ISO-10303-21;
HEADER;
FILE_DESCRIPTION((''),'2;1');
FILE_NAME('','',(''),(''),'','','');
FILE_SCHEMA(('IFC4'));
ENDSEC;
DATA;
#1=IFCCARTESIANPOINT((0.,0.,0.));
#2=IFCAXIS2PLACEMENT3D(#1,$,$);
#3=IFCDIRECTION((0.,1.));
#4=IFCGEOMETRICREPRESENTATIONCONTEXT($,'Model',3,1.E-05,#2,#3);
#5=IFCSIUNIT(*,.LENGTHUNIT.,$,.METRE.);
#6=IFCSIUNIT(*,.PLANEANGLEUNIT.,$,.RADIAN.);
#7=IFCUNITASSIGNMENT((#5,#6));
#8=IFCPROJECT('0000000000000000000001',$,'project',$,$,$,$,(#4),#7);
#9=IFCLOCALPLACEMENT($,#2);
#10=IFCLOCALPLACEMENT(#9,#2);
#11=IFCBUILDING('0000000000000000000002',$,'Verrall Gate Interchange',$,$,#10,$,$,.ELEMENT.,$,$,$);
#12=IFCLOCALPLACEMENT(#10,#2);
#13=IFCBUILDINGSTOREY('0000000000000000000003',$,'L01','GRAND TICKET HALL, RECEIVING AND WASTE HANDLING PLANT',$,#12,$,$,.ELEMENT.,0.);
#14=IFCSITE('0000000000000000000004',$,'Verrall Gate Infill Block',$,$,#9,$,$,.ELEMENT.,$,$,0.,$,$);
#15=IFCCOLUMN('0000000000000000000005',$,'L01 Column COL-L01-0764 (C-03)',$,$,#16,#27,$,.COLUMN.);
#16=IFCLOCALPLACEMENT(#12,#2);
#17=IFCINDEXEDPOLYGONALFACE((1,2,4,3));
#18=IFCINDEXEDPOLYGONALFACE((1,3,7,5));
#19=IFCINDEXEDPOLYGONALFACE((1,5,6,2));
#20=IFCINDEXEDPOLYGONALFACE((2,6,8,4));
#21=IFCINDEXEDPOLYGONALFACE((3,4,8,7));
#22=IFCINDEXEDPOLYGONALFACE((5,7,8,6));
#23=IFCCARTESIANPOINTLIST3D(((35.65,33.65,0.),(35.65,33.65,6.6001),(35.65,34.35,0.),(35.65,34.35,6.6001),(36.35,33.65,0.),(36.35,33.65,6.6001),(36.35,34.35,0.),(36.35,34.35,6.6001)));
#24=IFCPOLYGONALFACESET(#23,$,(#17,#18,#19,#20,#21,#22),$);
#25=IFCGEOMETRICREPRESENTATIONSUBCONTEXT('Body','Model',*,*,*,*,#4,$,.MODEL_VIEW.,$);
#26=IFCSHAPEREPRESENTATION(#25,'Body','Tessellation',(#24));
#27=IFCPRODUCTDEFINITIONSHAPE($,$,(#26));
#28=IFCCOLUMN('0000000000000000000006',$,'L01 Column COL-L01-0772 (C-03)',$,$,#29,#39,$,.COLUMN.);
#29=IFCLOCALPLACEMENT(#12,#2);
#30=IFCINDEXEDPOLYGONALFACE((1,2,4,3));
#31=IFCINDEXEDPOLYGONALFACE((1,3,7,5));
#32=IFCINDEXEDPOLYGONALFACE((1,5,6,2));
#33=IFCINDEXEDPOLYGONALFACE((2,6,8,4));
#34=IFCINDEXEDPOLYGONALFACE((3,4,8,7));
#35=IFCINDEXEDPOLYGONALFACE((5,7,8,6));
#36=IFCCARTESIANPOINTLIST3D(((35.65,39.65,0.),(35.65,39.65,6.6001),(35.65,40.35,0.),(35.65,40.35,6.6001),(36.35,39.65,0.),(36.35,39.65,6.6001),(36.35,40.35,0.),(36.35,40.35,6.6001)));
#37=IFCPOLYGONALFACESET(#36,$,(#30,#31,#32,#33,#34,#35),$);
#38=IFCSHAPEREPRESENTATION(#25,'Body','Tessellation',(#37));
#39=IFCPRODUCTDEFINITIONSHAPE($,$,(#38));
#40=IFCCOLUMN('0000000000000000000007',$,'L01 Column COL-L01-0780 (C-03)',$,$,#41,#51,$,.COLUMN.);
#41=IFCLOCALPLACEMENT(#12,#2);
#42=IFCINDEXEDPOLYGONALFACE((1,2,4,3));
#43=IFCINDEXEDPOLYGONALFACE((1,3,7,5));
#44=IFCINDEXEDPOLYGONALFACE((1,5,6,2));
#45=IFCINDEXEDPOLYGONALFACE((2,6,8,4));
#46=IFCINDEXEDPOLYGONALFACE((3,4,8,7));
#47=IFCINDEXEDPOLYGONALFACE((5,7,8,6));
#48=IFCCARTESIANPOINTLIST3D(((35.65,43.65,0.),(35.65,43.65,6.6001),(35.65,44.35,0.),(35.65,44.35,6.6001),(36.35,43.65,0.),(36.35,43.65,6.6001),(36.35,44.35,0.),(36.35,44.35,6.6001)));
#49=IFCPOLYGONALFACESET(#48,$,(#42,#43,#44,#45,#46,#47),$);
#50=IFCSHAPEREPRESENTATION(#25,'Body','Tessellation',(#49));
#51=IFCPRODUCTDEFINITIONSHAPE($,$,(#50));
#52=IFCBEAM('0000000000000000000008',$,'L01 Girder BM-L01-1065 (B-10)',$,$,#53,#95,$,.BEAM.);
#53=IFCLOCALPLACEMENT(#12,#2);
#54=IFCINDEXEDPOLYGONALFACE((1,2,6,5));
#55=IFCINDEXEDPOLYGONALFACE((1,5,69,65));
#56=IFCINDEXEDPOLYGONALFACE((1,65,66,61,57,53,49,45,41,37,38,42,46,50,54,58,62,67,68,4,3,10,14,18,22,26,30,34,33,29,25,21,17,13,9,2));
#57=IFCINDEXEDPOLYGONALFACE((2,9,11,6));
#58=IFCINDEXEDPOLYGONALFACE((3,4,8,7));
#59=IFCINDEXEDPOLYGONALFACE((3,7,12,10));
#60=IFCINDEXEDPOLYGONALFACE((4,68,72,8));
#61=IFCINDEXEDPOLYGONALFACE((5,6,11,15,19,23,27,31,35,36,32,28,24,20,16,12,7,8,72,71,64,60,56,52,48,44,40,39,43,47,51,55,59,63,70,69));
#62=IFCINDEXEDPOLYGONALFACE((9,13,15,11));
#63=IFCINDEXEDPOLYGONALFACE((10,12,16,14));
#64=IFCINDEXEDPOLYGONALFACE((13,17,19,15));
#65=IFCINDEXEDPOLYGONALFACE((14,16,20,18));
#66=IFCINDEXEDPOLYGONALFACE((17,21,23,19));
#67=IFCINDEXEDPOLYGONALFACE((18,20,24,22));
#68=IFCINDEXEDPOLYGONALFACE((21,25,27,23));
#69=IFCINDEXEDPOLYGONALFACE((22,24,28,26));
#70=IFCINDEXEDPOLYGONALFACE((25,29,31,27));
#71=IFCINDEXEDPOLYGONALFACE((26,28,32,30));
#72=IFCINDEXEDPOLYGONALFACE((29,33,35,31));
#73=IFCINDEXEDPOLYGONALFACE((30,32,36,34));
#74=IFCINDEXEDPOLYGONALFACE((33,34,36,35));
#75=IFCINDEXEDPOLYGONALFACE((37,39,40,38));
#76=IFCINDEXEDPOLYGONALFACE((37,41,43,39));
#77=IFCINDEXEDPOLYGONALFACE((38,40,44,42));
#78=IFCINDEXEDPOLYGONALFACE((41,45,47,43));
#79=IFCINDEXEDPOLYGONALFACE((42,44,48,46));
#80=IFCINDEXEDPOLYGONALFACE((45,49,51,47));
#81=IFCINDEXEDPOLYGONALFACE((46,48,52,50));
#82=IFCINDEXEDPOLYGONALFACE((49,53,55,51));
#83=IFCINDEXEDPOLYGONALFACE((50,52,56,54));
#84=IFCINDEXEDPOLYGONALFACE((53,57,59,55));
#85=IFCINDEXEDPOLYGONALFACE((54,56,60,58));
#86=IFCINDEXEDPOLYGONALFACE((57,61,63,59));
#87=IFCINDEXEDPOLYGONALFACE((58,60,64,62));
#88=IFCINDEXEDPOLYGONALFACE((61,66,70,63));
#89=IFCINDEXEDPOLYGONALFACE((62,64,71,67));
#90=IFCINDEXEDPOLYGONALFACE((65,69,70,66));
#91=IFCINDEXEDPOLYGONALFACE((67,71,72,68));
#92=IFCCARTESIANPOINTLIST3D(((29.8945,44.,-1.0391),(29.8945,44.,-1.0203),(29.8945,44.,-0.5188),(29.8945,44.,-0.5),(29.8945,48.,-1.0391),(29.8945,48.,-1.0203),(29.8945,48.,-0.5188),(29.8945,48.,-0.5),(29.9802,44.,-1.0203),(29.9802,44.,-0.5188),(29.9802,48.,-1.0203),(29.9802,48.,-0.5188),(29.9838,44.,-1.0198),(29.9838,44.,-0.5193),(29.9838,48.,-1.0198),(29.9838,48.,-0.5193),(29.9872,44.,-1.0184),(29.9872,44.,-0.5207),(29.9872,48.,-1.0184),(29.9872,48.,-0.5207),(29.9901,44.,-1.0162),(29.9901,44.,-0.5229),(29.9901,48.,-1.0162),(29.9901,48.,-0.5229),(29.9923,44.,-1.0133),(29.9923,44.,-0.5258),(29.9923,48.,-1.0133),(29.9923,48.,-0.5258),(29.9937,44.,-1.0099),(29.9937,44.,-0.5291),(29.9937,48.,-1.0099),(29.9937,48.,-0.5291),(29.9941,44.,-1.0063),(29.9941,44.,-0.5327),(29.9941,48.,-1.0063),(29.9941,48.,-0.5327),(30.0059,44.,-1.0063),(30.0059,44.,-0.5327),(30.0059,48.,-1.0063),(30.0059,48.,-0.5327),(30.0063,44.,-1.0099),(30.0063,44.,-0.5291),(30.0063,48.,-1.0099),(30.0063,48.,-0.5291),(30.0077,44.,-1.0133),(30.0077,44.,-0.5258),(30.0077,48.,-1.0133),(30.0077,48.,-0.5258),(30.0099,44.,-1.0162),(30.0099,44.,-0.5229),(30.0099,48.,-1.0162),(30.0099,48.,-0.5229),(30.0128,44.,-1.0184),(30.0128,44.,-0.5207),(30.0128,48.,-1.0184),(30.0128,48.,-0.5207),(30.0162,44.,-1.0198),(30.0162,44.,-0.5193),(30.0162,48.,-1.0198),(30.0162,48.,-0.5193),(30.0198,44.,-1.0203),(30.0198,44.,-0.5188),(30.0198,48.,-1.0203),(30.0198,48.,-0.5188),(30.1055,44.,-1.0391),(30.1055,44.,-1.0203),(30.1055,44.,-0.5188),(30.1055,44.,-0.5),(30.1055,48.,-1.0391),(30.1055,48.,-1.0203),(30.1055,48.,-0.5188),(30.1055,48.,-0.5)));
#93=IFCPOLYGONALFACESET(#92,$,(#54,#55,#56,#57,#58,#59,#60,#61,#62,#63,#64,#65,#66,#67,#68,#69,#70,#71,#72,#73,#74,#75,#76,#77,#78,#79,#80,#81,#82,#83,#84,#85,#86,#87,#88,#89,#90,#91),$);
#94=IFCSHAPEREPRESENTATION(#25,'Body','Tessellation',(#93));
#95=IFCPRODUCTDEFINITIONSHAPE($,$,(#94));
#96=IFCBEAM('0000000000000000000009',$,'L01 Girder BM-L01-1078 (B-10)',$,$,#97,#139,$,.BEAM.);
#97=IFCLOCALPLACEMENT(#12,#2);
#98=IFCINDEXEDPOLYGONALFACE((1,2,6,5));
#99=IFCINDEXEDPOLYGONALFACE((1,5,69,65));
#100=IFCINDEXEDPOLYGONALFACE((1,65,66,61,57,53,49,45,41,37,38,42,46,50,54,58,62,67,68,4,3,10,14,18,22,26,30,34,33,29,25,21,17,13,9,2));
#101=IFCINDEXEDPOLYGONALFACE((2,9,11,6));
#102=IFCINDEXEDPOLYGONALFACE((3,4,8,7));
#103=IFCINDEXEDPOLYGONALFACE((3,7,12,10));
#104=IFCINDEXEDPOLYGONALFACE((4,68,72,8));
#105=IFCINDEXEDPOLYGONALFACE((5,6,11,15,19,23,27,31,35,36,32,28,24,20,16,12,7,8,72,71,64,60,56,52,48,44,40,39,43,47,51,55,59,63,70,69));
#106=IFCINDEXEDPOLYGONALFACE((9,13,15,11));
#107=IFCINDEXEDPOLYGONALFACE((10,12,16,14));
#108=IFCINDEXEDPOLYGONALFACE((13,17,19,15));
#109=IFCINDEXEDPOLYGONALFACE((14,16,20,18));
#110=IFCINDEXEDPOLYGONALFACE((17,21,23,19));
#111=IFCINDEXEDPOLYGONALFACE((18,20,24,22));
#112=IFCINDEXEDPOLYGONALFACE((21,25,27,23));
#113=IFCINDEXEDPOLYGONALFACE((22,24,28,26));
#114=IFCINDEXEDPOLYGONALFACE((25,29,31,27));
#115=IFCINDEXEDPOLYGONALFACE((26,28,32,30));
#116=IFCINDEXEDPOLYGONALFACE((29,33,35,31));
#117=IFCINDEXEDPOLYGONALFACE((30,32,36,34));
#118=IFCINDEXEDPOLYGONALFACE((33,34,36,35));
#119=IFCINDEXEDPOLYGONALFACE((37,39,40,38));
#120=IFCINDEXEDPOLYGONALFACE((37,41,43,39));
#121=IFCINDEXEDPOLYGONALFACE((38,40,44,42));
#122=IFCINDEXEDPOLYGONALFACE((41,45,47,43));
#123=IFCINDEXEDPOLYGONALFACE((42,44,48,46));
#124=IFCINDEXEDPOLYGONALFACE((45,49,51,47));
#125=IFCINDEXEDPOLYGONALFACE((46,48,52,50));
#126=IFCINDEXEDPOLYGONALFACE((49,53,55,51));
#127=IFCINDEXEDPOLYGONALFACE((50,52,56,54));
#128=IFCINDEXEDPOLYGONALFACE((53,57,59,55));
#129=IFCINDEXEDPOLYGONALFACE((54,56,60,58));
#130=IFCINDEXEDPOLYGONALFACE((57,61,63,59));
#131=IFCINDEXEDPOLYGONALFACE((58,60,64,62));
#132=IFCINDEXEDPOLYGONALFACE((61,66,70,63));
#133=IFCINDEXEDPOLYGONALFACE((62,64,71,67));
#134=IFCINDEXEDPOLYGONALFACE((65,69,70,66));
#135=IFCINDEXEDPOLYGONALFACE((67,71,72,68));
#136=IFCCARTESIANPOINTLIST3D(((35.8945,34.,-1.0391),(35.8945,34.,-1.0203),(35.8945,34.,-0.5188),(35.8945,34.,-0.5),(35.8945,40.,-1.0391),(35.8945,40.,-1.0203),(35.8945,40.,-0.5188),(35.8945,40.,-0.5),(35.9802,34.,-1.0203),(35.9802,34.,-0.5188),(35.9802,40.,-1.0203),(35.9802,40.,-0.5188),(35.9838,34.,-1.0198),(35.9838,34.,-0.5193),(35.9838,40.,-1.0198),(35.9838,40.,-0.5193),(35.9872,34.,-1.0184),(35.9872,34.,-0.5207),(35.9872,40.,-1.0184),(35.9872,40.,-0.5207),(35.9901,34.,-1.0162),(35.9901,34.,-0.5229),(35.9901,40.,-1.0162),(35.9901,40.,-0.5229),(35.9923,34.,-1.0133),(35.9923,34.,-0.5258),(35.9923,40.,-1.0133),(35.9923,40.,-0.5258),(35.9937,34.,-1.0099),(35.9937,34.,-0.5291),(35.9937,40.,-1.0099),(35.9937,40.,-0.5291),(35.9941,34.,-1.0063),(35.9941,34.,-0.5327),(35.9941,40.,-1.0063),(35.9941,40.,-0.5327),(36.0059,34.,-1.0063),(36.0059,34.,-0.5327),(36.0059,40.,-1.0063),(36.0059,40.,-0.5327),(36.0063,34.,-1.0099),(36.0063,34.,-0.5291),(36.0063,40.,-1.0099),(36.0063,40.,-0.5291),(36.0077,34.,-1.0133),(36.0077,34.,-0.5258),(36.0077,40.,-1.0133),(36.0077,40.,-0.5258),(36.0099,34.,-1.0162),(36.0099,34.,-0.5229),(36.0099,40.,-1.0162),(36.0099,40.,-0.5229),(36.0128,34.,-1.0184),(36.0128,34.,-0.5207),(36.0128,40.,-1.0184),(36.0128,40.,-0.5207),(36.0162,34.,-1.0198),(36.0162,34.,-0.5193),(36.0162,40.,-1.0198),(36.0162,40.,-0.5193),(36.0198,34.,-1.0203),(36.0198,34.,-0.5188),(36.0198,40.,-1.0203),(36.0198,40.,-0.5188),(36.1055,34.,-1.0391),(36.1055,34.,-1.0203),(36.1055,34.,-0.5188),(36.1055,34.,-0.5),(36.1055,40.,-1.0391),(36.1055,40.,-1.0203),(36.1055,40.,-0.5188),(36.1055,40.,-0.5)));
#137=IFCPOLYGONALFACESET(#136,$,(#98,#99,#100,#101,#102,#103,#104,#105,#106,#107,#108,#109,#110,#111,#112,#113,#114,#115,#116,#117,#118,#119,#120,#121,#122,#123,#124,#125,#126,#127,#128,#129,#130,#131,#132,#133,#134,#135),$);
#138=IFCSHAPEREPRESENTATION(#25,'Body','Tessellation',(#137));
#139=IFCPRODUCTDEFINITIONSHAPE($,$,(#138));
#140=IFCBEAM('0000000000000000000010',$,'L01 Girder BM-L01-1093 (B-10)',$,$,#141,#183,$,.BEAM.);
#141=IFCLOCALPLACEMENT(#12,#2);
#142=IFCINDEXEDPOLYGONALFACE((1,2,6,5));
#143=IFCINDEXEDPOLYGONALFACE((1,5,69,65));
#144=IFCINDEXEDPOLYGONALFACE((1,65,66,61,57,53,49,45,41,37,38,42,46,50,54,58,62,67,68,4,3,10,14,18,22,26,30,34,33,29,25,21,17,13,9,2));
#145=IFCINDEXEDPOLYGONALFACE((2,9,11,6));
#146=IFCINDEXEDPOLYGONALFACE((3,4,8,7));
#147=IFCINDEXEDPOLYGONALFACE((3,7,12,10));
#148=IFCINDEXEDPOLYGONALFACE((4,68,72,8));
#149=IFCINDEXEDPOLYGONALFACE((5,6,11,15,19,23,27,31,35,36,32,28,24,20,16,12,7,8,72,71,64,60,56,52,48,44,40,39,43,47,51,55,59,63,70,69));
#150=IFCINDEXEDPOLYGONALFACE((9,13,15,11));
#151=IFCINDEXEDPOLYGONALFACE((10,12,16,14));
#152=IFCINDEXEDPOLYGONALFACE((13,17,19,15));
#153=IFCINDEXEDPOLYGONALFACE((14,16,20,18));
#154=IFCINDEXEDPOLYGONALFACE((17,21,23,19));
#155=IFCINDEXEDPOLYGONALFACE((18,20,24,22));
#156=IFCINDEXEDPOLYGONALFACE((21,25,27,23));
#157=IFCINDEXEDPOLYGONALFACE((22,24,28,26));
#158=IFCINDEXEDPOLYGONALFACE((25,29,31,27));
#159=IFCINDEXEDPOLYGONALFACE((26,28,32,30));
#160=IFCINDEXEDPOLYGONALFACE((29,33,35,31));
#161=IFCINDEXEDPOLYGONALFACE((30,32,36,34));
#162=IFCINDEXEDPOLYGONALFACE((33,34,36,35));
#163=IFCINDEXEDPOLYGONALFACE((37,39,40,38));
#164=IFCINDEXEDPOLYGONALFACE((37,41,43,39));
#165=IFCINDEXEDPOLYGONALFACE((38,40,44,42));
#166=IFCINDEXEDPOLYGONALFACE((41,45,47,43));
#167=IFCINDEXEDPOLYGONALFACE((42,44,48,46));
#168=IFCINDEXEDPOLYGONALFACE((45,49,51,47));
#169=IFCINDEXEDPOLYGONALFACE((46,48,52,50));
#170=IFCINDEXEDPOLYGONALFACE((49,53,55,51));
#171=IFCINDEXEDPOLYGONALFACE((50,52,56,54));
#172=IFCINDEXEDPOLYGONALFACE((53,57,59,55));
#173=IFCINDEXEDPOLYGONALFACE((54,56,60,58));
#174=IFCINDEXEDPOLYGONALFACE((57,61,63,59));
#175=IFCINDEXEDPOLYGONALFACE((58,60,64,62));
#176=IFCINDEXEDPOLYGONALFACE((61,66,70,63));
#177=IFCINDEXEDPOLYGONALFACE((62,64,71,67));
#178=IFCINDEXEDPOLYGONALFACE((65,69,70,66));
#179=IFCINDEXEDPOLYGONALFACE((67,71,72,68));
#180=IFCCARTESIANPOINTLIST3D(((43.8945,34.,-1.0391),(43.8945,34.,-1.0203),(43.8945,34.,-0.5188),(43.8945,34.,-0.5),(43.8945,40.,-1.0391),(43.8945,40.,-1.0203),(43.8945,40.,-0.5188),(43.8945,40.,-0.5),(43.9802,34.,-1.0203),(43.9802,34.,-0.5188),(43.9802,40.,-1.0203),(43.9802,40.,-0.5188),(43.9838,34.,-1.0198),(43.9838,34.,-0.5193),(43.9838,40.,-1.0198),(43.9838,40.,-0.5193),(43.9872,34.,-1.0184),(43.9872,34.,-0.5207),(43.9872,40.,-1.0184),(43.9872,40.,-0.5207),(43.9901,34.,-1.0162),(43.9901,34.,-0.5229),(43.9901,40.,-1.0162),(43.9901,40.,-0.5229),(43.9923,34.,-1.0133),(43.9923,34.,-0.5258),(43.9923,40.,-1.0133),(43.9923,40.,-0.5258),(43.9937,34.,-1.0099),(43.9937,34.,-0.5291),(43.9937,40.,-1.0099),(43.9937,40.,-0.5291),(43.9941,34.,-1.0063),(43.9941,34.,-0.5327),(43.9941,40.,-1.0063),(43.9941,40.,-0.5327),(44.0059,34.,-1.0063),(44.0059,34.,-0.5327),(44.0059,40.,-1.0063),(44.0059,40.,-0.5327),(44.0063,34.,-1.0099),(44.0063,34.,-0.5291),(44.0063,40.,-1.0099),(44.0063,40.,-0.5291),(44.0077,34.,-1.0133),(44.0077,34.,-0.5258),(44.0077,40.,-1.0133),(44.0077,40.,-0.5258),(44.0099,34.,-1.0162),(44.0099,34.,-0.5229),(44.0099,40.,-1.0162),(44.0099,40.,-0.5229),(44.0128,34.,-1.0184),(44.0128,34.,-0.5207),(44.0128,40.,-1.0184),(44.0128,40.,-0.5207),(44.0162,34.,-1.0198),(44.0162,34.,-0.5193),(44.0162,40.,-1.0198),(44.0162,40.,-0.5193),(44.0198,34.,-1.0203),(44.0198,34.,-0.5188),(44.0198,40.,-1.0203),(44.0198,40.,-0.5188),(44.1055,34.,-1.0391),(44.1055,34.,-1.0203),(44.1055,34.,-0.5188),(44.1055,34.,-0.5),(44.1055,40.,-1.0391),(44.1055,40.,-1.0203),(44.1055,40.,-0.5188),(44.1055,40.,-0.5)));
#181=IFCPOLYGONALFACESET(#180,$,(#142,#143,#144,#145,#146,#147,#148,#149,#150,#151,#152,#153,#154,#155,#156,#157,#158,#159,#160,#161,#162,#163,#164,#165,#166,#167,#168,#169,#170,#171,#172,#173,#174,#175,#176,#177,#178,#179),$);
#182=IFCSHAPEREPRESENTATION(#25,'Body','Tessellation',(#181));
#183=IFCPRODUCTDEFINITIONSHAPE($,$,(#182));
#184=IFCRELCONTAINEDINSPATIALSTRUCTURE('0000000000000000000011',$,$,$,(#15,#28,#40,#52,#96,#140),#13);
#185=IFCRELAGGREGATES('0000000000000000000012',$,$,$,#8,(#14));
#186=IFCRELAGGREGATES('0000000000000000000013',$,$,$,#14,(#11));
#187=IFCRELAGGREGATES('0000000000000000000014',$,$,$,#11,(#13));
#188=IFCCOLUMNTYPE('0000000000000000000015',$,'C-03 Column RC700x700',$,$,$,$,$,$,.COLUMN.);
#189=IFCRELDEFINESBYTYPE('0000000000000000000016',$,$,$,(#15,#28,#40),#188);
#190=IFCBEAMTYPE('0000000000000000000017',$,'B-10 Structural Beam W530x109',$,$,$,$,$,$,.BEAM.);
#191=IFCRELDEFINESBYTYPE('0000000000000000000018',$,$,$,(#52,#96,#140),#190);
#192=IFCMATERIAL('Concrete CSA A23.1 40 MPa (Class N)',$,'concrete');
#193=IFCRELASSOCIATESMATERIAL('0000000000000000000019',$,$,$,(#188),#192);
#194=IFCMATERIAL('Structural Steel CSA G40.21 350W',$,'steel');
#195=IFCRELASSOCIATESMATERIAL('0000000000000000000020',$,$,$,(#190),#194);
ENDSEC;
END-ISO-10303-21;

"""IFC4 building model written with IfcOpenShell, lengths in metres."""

from ifc_helpers import new_model, si_unit, direction, frame, origin, origin_2d, place, context, subcontext, project, spatial, rectangle, i_section, extrude, material, material_profile, profile_set, type_object, element, save


model = new_model("IFC4")

# Units and contexts
model_context = context("Model", 3, precision=1e-05, world=origin(), true_north=direction((0.0, 1.0)))
body_context = subcontext(model_context, "Body", "Model", "MODEL_VIEW")
ifc_project = project(units=[si_unit("LENGTHUNIT", "METRE"), si_unit("PLANEANGLEUNIT", "RADIAN")], contexts=[model_context])

# Site, building, storey
site_placement = place(None, origin())
site = spatial("IfcSite", under=ifc_project, at=site_placement, Name="Verrall Gate Infill Block", CompositionType="ELEMENT", RefElevation=0.0)
building_placement = place(site_placement, origin())
building = spatial("IfcBuilding", under=site, at=building_placement, Name="Verrall Gate Interchange", CompositionType="ELEMENT")
storey_placement = place(building_placement, origin())
storey = spatial("IfcBuildingStorey", under=building, at=storey_placement, Name="L01", Description="GRAND TICKET HALL, RECEIVING AND WASTE HANDLING PLANT", CompositionType="ELEMENT", Elevation=0.0)

# Columns
ifc_material_1 = material(Name="Concrete CSA A23.1 40 MPa (Class N)", Category="concrete")
ifc_material_profile_1 = material_profile(ifc_material_1, rectangle(XDim=0.7, YDim=0.7, at=origin_2d()), Name="RC700x700")
ifc_profile_set_1 = profile_set([ifc_material_profile_1], Name="Concrete CSA A23.1 40 MPa (Class N)")
column_type = type_object("IfcColumnType", Name="C-03 Column RC700x700", PredefinedType="COLUMN", material=ifc_profile_set_1)
for number, where, z_axis, x_axis, name in (
    (1, (36.0, 34.0, 0.0), (0.0, 0.0, 1.0), (1.0, 0.0, 0.0), "L01 Column COL-L01-0764 (C-03)"),
    (2, (36.0, 40.0, 0.0), (0.0, 0.0, 1.0), (1.0, 0.0, 0.0), "L01 Column COL-L01-0772 (C-03)"),
    (3, (36.0, 44.0, 0.0), (0.0, 0.0, 1.0), (1.0, 0.0, 0.0), "L01 Column COL-L01-0780 (C-03)"),
):
    element("IfcColumn", number, at=place(storey_placement, frame(where, z_axis=z_axis, x_axis=x_axis)), inside=storey, type_object=column_type, Name=name, PredefinedType="COLUMN", context=body_context, shape_type="SweptSolid", body=[
        extrude(rectangle(XDim=0.7, YDim=0.7, at=origin_2d()), origin(), (0.0, 0.0, 1.0), 6.6001),
    ])

# Beams
ifc_material_2 = material(Name="Structural Steel CSA G40.21 350W", Category="steel")
ifc_material_profile_2 = material_profile(ifc_material_2, i_section(OverallWidth=0.2109, OverallDepth=0.5391, WebThickness=0.0117, FlangeThickness=0.0188, FilletRadius=0.0139, at=origin_2d()), Name="W530x109")
ifc_profile_set_2 = profile_set([ifc_material_profile_2], Name="Structural Steel CSA G40.21 350W")
beam_type_1 = type_object("IfcBeamType", Name="B-10 Structural Beam W530x109", PredefinedType="BEAM", material=ifc_profile_set_2)
beam_1_placement = place(storey_placement, frame((30.0, 44.0, -0.7695), z_axis=(0.0, 1.0, 0.0), x_axis=(-1.0, 0.0, 0.0)))
element("IfcBeam", 4, at=beam_1_placement, inside=storey, type_object=beam_type_1, Name="L01 Girder BM-L01-1065 (B-10)", PredefinedType="BEAM", context=body_context, shape_type="SweptSolid", body=[
    extrude(i_section(OverallWidth=0.2109, OverallDepth=0.5391, WebThickness=0.0117, FlangeThickness=0.0188, FilletRadius=0.0139, at=origin_2d()), origin(), (0.0, 0.0, 1.0), 4.0),
])
for number, where, z_axis, x_axis, name in (
    (5, (36.0, 34.0, -0.7695), (0.0, 1.0, 0.0), (-1.0, 0.0, 0.0), "L01 Girder BM-L01-1078 (B-10)"),
    (6, (44.0, 34.0, -0.7695), (0.0, 1.0, 0.0), (-1.0, 0.0, 0.0), "L01 Girder BM-L01-1093 (B-10)"),
):
    element("IfcBeam", number, at=place(storey_placement, frame(where, z_axis=z_axis, x_axis=x_axis)), inside=storey, type_object=beam_type_1, Name=name, PredefinedType="BEAM", context=body_context, shape_type="SweptSolid", body=[
        extrude(i_section(OverallWidth=0.2109, OverallDepth=0.5391, WebThickness=0.0117, FlangeThickness=0.0188, FilletRadius=0.0139, at=origin_2d()), origin(), (0.0, 0.0, 1.0), 6.0),
    ])

save(model, "model.ifc")
